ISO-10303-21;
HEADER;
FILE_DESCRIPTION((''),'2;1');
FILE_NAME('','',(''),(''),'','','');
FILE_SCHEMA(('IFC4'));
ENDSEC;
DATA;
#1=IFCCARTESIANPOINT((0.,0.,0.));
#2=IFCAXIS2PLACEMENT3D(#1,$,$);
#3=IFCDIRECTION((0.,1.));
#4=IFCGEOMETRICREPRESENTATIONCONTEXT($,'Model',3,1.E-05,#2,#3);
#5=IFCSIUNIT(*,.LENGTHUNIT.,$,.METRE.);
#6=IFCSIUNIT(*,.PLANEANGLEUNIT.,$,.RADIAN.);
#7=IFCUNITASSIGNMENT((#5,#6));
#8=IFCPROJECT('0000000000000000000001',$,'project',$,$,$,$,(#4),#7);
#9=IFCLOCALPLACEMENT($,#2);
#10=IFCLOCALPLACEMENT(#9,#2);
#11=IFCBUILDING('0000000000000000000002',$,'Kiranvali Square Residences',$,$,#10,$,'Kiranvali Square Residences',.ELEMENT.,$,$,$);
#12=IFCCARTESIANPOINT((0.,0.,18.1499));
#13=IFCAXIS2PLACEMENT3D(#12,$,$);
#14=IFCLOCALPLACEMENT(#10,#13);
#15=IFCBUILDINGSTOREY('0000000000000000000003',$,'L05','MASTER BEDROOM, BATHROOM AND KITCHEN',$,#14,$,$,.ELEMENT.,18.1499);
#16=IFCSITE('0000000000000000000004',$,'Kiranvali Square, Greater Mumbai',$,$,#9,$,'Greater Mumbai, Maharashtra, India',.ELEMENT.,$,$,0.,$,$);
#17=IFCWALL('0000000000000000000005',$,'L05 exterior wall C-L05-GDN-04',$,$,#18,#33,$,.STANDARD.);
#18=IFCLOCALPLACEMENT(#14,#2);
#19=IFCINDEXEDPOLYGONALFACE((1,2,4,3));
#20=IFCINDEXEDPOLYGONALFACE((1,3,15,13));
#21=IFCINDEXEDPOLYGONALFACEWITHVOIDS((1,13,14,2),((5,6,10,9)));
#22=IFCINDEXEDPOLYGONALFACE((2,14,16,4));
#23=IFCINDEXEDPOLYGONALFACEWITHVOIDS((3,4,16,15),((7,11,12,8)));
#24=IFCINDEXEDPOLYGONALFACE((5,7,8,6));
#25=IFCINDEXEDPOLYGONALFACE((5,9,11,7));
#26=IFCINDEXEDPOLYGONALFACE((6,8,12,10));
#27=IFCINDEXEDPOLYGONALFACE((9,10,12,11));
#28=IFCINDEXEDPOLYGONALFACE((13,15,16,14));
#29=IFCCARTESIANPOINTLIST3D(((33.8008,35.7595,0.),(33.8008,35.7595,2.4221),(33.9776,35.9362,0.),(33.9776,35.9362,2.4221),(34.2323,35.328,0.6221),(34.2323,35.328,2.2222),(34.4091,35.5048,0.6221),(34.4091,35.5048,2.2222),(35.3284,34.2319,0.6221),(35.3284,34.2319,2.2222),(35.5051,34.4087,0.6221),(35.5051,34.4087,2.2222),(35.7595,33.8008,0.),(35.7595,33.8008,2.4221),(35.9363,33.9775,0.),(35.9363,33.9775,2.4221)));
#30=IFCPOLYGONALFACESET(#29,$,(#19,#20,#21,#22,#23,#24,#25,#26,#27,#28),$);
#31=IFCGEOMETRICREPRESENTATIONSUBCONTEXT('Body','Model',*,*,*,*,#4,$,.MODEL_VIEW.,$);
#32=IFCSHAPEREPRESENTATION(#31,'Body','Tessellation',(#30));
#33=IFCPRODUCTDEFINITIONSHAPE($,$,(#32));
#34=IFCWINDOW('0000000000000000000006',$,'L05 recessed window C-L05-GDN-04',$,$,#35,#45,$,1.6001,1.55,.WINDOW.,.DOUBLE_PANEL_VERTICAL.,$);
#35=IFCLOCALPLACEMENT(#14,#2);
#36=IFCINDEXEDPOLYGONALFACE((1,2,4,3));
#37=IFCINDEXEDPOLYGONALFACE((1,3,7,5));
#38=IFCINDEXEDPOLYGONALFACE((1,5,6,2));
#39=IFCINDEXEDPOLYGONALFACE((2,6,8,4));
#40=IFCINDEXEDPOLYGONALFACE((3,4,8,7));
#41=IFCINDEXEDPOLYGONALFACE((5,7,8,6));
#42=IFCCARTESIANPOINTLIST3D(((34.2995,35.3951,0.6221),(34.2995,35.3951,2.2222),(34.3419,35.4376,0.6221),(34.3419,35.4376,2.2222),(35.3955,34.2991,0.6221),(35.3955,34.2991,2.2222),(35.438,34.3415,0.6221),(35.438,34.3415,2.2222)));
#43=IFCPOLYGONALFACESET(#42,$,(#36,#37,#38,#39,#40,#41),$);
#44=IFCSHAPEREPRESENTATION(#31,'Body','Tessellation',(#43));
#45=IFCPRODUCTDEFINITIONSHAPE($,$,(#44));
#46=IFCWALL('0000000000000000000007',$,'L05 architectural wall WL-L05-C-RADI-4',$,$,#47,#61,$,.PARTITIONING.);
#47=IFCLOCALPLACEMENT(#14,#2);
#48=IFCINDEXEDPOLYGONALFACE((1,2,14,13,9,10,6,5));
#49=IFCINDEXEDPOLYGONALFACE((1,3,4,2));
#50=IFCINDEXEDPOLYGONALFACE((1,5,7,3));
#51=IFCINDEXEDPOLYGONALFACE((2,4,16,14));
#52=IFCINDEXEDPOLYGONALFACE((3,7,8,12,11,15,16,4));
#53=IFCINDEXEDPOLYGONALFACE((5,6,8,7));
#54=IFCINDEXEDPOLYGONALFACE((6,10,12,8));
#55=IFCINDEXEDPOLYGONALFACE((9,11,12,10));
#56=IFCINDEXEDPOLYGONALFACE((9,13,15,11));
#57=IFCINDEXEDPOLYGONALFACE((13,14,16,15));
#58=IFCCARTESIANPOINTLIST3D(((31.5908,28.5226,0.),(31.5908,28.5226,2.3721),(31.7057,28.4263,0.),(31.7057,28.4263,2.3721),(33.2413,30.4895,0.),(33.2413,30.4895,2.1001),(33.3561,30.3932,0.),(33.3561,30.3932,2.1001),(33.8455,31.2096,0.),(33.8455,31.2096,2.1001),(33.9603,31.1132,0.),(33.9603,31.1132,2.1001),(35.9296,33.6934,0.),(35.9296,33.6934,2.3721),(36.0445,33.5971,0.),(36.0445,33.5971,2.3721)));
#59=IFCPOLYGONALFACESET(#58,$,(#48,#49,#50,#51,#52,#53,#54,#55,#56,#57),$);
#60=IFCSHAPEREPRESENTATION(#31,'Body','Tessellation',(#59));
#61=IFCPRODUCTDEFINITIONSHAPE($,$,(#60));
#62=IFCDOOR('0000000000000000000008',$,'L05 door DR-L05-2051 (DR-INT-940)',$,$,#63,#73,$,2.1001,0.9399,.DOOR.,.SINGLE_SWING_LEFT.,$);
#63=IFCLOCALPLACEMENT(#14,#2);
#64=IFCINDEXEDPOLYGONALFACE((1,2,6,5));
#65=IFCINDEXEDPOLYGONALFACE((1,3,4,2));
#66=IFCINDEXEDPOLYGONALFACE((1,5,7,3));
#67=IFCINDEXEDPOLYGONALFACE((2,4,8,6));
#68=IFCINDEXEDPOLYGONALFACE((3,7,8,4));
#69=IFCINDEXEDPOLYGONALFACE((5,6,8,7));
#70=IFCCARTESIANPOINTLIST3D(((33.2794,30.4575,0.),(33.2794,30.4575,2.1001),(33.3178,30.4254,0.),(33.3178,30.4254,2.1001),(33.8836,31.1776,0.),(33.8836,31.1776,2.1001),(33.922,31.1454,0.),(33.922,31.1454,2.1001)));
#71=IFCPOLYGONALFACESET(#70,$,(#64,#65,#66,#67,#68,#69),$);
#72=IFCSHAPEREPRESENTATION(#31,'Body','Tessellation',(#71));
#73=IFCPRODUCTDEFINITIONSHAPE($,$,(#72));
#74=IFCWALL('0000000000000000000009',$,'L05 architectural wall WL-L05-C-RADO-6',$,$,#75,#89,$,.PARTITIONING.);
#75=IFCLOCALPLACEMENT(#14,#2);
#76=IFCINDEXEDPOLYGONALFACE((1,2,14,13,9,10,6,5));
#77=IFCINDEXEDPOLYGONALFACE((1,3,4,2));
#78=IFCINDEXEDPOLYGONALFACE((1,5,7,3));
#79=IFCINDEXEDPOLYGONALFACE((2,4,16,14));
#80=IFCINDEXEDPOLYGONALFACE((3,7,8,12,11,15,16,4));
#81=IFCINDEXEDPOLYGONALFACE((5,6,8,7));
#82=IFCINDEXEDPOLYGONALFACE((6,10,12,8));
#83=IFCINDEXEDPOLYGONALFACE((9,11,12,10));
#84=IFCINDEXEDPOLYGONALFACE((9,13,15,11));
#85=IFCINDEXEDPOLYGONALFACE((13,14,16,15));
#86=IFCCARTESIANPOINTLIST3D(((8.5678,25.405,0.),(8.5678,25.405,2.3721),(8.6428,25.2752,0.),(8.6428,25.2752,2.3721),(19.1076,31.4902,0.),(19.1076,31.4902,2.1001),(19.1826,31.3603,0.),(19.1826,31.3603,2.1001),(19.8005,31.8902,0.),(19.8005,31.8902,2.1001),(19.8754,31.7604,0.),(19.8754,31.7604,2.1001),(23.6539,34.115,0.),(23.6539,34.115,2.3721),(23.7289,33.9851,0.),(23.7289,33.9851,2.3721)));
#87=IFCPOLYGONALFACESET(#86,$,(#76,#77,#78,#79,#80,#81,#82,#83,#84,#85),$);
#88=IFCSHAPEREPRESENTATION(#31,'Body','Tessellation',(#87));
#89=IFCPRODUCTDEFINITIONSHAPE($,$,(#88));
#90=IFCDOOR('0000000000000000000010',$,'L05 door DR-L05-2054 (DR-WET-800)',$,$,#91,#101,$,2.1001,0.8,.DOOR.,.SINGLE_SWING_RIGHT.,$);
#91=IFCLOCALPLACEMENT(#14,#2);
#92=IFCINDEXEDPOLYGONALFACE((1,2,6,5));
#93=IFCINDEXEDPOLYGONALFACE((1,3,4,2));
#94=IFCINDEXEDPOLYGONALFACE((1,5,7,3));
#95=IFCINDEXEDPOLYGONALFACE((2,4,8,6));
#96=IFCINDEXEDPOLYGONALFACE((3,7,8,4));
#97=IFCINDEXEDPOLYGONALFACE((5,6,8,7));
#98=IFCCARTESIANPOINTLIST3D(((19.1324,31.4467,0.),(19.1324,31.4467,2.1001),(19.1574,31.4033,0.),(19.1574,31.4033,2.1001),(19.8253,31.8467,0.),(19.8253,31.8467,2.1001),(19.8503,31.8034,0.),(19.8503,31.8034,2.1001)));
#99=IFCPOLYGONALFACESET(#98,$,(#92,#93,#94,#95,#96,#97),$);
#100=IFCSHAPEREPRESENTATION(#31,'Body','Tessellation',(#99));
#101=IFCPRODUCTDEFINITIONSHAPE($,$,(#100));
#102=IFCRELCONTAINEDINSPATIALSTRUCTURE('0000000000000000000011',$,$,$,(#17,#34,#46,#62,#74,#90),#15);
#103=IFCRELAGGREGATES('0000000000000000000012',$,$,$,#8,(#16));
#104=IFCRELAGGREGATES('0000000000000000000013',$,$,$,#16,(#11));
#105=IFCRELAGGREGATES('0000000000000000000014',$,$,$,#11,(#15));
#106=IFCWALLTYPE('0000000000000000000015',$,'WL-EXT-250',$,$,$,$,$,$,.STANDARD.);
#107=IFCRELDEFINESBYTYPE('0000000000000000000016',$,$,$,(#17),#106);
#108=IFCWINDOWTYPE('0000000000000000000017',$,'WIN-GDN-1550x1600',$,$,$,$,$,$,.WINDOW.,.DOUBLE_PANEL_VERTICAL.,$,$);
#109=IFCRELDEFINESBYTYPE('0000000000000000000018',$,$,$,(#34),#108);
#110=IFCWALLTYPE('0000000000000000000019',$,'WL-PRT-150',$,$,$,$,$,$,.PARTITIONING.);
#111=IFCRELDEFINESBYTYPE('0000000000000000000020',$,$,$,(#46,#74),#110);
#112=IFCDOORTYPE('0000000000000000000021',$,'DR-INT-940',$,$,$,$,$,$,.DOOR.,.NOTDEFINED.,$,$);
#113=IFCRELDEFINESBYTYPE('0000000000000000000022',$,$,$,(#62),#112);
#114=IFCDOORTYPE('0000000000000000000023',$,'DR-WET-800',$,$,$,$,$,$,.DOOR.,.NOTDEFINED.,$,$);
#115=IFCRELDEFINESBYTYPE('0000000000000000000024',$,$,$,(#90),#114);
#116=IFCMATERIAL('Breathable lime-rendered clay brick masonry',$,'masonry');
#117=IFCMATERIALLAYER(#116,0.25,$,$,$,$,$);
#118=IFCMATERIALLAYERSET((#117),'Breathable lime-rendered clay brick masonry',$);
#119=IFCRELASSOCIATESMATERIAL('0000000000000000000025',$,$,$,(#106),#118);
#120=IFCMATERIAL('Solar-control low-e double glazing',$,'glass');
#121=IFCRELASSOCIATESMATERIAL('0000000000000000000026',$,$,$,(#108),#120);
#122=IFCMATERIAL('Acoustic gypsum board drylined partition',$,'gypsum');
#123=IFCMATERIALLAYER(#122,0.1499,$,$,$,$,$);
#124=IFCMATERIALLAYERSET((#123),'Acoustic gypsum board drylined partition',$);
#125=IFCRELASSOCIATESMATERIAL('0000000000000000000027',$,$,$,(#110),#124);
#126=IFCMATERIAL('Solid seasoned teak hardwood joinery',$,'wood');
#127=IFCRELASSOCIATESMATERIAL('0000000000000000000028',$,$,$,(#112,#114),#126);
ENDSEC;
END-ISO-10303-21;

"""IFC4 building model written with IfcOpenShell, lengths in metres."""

from ifc_helpers import new_model, si_unit, direction, frame, frame_2d, origin, place, context, subcontext, project, spatial, rectangle, extrude, material, layer, layer_set, type_object, element, fill, save


model = new_model("IFC4")

# Units and contexts
model_context = context("Model", 3, precision=1e-05, world=origin(), true_north=direction((0.0, 1.0)))
body_context = subcontext(model_context, "Body", "Model", "MODEL_VIEW")
ifc_project = project(units=[si_unit("LENGTHUNIT", "METRE"), si_unit("PLANEANGLEUNIT", "RADIAN")], contexts=[model_context])

# Site, building, storey
site_placement = place(None, origin())
site = spatial("IfcSite", under=ifc_project, at=site_placement, Name="Kiranvali Square, Greater Mumbai", LongName="Greater Mumbai, Maharashtra, India", CompositionType="ELEMENT", RefElevation=0.0)
building_placement = place(site_placement, origin())
building = spatial("IfcBuilding", under=site, at=building_placement, Name="Kiranvali Square Residences", LongName="Kiranvali Square Residences", CompositionType="ELEMENT")
storey_placement = place(building_placement, frame((0.0, 0.0, 18.1499)))
storey = spatial("IfcBuildingStorey", under=building, at=storey_placement, Name="L05", Description="MASTER BEDROOM, BATHROOM AND KITCHEN", CompositionType="ELEMENT", Elevation=18.1499)

# Wall, opening, window
ifc_material_1 = material(Name="Breathable lime-rendered clay brick masonry", Category="masonry")
ifc_layer_1 = layer(ifc_material_1, 0.25)
ifc_layer_set_1 = layer_set([ifc_layer_1], Name="Breathable lime-rendered clay brick masonry")
wall_type_1 = type_object("IfcWallType", Name="WL-EXT-250", PredefinedType="STANDARD", material=ifc_layer_set_1)
wall_1_placement = place(storey_placement, frame((35.8479, 33.8892, 0.0), z_axis=(0.0, 0.0, 1.0), x_axis=(-0.707107, 0.707107, 0.0)))
wall_1 = element("IfcWall", 1, at=wall_1_placement, inside=storey, type_object=wall_type_1, Name="L05 exterior wall C-L05-GDN-04", PredefinedType="STANDARD", context=body_context, shape_type="SweptSolid", body=[
    extrude(rectangle(XDim=2.77, YDim=0.25, at=frame_2d((1.385, 0.0))), origin(), (0.0, 0.0, 1.0), 2.4221),
])
opening_1_placement = place(wall_1_placement, frame((0.6099, 0.0, 0.6221)))
opening_1 = element("IfcOpeningElement", 2, at=opening_1_placement, cuts=wall_1, PredefinedType="OPENING", context=body_context, shape_type="SweptSolid", body=[
    extrude(rectangle(XDim=1.55, YDim=1.6001, at=frame_2d((0.7749, 0.8))), frame((0.0, 0.135, 0.0), z_axis=(0.0, -1.0, 0.0), x_axis=(1.0, 0.0, 0.0)), (0.0, 0.0, 1.0), 0.27),
])
ifc_material_2 = material(Name="Solar-control low-e double glazing", Category="glass")
window_type = type_object("IfcWindowType", Name="WIN-GDN-1550x1600", PartitioningType="DOUBLE_PANEL_VERTICAL", PredefinedType="WINDOW", material=ifc_material_2)
window_placement = place(opening_1_placement, origin())
window = element("IfcWindow", 3, at=window_placement, inside=storey, type_object=window_type, Name="L05 recessed window C-L05-GDN-04", OverallHeight=1.6001, OverallWidth=1.55, PartitioningType="DOUBLE_PANEL_VERTICAL", PredefinedType="WINDOW", context=body_context, shape_type="SweptSolid", body=[
    extrude(rectangle(XDim=1.55, YDim=1.6001, at=frame_2d((0.7749, 0.8))), frame((0.0, 0.03, 0.0), z_axis=(0.0, -1.0, 0.0), x_axis=(1.0, 0.0, 0.0)), (0.0, 0.0, 1.0), 0.0601),
])
fill(opening_1, window)

# Walls, openings, doors
ifc_material_3 = material(Name="Acoustic gypsum board drylined partition", Category="gypsum")
ifc_layer_2 = layer(ifc_material_3, 0.1499)
ifc_layer_set_2 = layer_set([ifc_layer_2], Name="Acoustic gypsum board drylined partition")
wall_type_2 = type_object("IfcWallType", Name="WL-PRT-150", PredefinedType="PARTITIONING", material=ifc_layer_set_2)
wall_2_placement = place(storey_placement, frame((35.9871, 33.6453, 0.0), z_axis=(0.0, 0.0, 1.0), x_axis=(-0.642785, -0.766047, 0.0)))
wall_2 = element("IfcWall", 4, at=wall_2_placement, inside=storey, type_object=wall_type_2, Name="L05 architectural wall WL-L05-C-RADI-4", PredefinedType="PARTITIONING", context=body_context, shape_type="SweptSolid", body=[
    extrude(rectangle(XDim=6.75, YDim=0.1499, at=frame_2d((3.375, 0.0))), origin(), (0.0, 0.0, 1.0), 2.3721),
])
opening_2_placement = place(wall_2_placement, frame((3.2424, 0.0, 0.0)))
opening_2 = element("IfcOpeningElement", 5, at=opening_2_placement, cuts=wall_2, PredefinedType="OPENING", context=body_context, shape_type="SweptSolid", body=[
    extrude(rectangle(XDim=0.9399, YDim=2.1001, at=frame_2d((0.47, 1.05))), frame((0.0, 0.085, 0.0), z_axis=(0.0, -1.0, 0.0), x_axis=(1.0, 0.0, 0.0)), (0.0, 0.0, 1.0), 0.1699),
])
ifc_material_4 = material(Name="Solid seasoned teak hardwood joinery", Category="wood")
door_type_1 = type_object("IfcDoorType", Name="DR-INT-940", OperationType="NOTDEFINED", PredefinedType="DOOR", material=ifc_material_4)
door_1_placement = place(opening_2_placement, origin())
door_1 = element("IfcDoor", 6, at=door_1_placement, inside=storey, type_object=door_type_1, Name="L05 door DR-L05-2051 (DR-INT-940)", OperationType="SINGLE_SWING_LEFT", OverallHeight=2.1001, OverallWidth=0.9399, PredefinedType="DOOR", context=body_context, shape_type="SweptSolid", body=[
    extrude(rectangle(XDim=0.9399, YDim=2.1001, at=frame_2d((0.47, 1.05))), frame((0.0, 0.0249, 0.0), z_axis=(0.0, -1.0, 0.0), x_axis=(1.0, 0.0, 0.0)), (0.0, 0.0, 1.0), 0.05),
])
fill(opening_2, door_1)
wall_3_placement = place(storey_placement, frame((23.6914, 34.05, 0.0), z_axis=(0.0, 0.0, 1.0), x_axis=(-0.866027, -0.499998, 0.0)))
wall_3 = element("IfcWall", 7, at=wall_3_placement, inside=storey, type_object=wall_type_2, Name="L05 architectural wall WL-L05-C-RADO-6", PredefinedType="PARTITIONING", context=body_context, shape_type="SweptSolid", body=[
    extrude(rectangle(XDim=17.4199, YDim=0.1499, at=frame_2d((8.71, 0.0))), origin(), (0.0, 0.0, 1.0), 2.3721),
])
opening_3_placement = place(wall_3_placement, frame((4.4497, 0.0, 0.0)))
opening_3 = element("IfcOpeningElement", 8, at=opening_3_placement, cuts=wall_3, PredefinedType="OPENING", context=body_context, shape_type="SweptSolid", body=[
    extrude(rectangle(XDim=0.8, YDim=2.1001, at=frame_2d((0.3999, 1.05))), frame((0.0, 0.085, 0.0), z_axis=(0.0, -1.0, 0.0), x_axis=(1.0, 0.0, 0.0)), (0.0, 0.0, 1.0), 0.1699),
])
door_type_2 = type_object("IfcDoorType", Name="DR-WET-800", OperationType="NOTDEFINED", PredefinedType="DOOR", material=ifc_material_4)
door_2_placement = place(opening_3_placement, frame((0.8, 0.0, 0.0), z_axis=(0.0, 0.0, 1.0), x_axis=(-1.0, 0.0, 0.0)))
door_2 = element("IfcDoor", 9, at=door_2_placement, inside=storey, type_object=door_type_2, Name="L05 door DR-L05-2054 (DR-WET-800)", OperationType="SINGLE_SWING_RIGHT", OverallHeight=2.1001, OverallWidth=0.8, PredefinedType="DOOR", context=body_context, shape_type="SweptSolid", body=[
    extrude(rectangle(XDim=0.8, YDim=2.1001, at=frame_2d((0.3999, 1.05))), frame((0.0, 0.0249, 0.0), z_axis=(0.0, -1.0, 0.0), x_axis=(1.0, 0.0, 0.0)), (0.0, 0.0, 1.0), 0.05),
])
fill(opening_3, door_2)

save(model, "model.ifc")
